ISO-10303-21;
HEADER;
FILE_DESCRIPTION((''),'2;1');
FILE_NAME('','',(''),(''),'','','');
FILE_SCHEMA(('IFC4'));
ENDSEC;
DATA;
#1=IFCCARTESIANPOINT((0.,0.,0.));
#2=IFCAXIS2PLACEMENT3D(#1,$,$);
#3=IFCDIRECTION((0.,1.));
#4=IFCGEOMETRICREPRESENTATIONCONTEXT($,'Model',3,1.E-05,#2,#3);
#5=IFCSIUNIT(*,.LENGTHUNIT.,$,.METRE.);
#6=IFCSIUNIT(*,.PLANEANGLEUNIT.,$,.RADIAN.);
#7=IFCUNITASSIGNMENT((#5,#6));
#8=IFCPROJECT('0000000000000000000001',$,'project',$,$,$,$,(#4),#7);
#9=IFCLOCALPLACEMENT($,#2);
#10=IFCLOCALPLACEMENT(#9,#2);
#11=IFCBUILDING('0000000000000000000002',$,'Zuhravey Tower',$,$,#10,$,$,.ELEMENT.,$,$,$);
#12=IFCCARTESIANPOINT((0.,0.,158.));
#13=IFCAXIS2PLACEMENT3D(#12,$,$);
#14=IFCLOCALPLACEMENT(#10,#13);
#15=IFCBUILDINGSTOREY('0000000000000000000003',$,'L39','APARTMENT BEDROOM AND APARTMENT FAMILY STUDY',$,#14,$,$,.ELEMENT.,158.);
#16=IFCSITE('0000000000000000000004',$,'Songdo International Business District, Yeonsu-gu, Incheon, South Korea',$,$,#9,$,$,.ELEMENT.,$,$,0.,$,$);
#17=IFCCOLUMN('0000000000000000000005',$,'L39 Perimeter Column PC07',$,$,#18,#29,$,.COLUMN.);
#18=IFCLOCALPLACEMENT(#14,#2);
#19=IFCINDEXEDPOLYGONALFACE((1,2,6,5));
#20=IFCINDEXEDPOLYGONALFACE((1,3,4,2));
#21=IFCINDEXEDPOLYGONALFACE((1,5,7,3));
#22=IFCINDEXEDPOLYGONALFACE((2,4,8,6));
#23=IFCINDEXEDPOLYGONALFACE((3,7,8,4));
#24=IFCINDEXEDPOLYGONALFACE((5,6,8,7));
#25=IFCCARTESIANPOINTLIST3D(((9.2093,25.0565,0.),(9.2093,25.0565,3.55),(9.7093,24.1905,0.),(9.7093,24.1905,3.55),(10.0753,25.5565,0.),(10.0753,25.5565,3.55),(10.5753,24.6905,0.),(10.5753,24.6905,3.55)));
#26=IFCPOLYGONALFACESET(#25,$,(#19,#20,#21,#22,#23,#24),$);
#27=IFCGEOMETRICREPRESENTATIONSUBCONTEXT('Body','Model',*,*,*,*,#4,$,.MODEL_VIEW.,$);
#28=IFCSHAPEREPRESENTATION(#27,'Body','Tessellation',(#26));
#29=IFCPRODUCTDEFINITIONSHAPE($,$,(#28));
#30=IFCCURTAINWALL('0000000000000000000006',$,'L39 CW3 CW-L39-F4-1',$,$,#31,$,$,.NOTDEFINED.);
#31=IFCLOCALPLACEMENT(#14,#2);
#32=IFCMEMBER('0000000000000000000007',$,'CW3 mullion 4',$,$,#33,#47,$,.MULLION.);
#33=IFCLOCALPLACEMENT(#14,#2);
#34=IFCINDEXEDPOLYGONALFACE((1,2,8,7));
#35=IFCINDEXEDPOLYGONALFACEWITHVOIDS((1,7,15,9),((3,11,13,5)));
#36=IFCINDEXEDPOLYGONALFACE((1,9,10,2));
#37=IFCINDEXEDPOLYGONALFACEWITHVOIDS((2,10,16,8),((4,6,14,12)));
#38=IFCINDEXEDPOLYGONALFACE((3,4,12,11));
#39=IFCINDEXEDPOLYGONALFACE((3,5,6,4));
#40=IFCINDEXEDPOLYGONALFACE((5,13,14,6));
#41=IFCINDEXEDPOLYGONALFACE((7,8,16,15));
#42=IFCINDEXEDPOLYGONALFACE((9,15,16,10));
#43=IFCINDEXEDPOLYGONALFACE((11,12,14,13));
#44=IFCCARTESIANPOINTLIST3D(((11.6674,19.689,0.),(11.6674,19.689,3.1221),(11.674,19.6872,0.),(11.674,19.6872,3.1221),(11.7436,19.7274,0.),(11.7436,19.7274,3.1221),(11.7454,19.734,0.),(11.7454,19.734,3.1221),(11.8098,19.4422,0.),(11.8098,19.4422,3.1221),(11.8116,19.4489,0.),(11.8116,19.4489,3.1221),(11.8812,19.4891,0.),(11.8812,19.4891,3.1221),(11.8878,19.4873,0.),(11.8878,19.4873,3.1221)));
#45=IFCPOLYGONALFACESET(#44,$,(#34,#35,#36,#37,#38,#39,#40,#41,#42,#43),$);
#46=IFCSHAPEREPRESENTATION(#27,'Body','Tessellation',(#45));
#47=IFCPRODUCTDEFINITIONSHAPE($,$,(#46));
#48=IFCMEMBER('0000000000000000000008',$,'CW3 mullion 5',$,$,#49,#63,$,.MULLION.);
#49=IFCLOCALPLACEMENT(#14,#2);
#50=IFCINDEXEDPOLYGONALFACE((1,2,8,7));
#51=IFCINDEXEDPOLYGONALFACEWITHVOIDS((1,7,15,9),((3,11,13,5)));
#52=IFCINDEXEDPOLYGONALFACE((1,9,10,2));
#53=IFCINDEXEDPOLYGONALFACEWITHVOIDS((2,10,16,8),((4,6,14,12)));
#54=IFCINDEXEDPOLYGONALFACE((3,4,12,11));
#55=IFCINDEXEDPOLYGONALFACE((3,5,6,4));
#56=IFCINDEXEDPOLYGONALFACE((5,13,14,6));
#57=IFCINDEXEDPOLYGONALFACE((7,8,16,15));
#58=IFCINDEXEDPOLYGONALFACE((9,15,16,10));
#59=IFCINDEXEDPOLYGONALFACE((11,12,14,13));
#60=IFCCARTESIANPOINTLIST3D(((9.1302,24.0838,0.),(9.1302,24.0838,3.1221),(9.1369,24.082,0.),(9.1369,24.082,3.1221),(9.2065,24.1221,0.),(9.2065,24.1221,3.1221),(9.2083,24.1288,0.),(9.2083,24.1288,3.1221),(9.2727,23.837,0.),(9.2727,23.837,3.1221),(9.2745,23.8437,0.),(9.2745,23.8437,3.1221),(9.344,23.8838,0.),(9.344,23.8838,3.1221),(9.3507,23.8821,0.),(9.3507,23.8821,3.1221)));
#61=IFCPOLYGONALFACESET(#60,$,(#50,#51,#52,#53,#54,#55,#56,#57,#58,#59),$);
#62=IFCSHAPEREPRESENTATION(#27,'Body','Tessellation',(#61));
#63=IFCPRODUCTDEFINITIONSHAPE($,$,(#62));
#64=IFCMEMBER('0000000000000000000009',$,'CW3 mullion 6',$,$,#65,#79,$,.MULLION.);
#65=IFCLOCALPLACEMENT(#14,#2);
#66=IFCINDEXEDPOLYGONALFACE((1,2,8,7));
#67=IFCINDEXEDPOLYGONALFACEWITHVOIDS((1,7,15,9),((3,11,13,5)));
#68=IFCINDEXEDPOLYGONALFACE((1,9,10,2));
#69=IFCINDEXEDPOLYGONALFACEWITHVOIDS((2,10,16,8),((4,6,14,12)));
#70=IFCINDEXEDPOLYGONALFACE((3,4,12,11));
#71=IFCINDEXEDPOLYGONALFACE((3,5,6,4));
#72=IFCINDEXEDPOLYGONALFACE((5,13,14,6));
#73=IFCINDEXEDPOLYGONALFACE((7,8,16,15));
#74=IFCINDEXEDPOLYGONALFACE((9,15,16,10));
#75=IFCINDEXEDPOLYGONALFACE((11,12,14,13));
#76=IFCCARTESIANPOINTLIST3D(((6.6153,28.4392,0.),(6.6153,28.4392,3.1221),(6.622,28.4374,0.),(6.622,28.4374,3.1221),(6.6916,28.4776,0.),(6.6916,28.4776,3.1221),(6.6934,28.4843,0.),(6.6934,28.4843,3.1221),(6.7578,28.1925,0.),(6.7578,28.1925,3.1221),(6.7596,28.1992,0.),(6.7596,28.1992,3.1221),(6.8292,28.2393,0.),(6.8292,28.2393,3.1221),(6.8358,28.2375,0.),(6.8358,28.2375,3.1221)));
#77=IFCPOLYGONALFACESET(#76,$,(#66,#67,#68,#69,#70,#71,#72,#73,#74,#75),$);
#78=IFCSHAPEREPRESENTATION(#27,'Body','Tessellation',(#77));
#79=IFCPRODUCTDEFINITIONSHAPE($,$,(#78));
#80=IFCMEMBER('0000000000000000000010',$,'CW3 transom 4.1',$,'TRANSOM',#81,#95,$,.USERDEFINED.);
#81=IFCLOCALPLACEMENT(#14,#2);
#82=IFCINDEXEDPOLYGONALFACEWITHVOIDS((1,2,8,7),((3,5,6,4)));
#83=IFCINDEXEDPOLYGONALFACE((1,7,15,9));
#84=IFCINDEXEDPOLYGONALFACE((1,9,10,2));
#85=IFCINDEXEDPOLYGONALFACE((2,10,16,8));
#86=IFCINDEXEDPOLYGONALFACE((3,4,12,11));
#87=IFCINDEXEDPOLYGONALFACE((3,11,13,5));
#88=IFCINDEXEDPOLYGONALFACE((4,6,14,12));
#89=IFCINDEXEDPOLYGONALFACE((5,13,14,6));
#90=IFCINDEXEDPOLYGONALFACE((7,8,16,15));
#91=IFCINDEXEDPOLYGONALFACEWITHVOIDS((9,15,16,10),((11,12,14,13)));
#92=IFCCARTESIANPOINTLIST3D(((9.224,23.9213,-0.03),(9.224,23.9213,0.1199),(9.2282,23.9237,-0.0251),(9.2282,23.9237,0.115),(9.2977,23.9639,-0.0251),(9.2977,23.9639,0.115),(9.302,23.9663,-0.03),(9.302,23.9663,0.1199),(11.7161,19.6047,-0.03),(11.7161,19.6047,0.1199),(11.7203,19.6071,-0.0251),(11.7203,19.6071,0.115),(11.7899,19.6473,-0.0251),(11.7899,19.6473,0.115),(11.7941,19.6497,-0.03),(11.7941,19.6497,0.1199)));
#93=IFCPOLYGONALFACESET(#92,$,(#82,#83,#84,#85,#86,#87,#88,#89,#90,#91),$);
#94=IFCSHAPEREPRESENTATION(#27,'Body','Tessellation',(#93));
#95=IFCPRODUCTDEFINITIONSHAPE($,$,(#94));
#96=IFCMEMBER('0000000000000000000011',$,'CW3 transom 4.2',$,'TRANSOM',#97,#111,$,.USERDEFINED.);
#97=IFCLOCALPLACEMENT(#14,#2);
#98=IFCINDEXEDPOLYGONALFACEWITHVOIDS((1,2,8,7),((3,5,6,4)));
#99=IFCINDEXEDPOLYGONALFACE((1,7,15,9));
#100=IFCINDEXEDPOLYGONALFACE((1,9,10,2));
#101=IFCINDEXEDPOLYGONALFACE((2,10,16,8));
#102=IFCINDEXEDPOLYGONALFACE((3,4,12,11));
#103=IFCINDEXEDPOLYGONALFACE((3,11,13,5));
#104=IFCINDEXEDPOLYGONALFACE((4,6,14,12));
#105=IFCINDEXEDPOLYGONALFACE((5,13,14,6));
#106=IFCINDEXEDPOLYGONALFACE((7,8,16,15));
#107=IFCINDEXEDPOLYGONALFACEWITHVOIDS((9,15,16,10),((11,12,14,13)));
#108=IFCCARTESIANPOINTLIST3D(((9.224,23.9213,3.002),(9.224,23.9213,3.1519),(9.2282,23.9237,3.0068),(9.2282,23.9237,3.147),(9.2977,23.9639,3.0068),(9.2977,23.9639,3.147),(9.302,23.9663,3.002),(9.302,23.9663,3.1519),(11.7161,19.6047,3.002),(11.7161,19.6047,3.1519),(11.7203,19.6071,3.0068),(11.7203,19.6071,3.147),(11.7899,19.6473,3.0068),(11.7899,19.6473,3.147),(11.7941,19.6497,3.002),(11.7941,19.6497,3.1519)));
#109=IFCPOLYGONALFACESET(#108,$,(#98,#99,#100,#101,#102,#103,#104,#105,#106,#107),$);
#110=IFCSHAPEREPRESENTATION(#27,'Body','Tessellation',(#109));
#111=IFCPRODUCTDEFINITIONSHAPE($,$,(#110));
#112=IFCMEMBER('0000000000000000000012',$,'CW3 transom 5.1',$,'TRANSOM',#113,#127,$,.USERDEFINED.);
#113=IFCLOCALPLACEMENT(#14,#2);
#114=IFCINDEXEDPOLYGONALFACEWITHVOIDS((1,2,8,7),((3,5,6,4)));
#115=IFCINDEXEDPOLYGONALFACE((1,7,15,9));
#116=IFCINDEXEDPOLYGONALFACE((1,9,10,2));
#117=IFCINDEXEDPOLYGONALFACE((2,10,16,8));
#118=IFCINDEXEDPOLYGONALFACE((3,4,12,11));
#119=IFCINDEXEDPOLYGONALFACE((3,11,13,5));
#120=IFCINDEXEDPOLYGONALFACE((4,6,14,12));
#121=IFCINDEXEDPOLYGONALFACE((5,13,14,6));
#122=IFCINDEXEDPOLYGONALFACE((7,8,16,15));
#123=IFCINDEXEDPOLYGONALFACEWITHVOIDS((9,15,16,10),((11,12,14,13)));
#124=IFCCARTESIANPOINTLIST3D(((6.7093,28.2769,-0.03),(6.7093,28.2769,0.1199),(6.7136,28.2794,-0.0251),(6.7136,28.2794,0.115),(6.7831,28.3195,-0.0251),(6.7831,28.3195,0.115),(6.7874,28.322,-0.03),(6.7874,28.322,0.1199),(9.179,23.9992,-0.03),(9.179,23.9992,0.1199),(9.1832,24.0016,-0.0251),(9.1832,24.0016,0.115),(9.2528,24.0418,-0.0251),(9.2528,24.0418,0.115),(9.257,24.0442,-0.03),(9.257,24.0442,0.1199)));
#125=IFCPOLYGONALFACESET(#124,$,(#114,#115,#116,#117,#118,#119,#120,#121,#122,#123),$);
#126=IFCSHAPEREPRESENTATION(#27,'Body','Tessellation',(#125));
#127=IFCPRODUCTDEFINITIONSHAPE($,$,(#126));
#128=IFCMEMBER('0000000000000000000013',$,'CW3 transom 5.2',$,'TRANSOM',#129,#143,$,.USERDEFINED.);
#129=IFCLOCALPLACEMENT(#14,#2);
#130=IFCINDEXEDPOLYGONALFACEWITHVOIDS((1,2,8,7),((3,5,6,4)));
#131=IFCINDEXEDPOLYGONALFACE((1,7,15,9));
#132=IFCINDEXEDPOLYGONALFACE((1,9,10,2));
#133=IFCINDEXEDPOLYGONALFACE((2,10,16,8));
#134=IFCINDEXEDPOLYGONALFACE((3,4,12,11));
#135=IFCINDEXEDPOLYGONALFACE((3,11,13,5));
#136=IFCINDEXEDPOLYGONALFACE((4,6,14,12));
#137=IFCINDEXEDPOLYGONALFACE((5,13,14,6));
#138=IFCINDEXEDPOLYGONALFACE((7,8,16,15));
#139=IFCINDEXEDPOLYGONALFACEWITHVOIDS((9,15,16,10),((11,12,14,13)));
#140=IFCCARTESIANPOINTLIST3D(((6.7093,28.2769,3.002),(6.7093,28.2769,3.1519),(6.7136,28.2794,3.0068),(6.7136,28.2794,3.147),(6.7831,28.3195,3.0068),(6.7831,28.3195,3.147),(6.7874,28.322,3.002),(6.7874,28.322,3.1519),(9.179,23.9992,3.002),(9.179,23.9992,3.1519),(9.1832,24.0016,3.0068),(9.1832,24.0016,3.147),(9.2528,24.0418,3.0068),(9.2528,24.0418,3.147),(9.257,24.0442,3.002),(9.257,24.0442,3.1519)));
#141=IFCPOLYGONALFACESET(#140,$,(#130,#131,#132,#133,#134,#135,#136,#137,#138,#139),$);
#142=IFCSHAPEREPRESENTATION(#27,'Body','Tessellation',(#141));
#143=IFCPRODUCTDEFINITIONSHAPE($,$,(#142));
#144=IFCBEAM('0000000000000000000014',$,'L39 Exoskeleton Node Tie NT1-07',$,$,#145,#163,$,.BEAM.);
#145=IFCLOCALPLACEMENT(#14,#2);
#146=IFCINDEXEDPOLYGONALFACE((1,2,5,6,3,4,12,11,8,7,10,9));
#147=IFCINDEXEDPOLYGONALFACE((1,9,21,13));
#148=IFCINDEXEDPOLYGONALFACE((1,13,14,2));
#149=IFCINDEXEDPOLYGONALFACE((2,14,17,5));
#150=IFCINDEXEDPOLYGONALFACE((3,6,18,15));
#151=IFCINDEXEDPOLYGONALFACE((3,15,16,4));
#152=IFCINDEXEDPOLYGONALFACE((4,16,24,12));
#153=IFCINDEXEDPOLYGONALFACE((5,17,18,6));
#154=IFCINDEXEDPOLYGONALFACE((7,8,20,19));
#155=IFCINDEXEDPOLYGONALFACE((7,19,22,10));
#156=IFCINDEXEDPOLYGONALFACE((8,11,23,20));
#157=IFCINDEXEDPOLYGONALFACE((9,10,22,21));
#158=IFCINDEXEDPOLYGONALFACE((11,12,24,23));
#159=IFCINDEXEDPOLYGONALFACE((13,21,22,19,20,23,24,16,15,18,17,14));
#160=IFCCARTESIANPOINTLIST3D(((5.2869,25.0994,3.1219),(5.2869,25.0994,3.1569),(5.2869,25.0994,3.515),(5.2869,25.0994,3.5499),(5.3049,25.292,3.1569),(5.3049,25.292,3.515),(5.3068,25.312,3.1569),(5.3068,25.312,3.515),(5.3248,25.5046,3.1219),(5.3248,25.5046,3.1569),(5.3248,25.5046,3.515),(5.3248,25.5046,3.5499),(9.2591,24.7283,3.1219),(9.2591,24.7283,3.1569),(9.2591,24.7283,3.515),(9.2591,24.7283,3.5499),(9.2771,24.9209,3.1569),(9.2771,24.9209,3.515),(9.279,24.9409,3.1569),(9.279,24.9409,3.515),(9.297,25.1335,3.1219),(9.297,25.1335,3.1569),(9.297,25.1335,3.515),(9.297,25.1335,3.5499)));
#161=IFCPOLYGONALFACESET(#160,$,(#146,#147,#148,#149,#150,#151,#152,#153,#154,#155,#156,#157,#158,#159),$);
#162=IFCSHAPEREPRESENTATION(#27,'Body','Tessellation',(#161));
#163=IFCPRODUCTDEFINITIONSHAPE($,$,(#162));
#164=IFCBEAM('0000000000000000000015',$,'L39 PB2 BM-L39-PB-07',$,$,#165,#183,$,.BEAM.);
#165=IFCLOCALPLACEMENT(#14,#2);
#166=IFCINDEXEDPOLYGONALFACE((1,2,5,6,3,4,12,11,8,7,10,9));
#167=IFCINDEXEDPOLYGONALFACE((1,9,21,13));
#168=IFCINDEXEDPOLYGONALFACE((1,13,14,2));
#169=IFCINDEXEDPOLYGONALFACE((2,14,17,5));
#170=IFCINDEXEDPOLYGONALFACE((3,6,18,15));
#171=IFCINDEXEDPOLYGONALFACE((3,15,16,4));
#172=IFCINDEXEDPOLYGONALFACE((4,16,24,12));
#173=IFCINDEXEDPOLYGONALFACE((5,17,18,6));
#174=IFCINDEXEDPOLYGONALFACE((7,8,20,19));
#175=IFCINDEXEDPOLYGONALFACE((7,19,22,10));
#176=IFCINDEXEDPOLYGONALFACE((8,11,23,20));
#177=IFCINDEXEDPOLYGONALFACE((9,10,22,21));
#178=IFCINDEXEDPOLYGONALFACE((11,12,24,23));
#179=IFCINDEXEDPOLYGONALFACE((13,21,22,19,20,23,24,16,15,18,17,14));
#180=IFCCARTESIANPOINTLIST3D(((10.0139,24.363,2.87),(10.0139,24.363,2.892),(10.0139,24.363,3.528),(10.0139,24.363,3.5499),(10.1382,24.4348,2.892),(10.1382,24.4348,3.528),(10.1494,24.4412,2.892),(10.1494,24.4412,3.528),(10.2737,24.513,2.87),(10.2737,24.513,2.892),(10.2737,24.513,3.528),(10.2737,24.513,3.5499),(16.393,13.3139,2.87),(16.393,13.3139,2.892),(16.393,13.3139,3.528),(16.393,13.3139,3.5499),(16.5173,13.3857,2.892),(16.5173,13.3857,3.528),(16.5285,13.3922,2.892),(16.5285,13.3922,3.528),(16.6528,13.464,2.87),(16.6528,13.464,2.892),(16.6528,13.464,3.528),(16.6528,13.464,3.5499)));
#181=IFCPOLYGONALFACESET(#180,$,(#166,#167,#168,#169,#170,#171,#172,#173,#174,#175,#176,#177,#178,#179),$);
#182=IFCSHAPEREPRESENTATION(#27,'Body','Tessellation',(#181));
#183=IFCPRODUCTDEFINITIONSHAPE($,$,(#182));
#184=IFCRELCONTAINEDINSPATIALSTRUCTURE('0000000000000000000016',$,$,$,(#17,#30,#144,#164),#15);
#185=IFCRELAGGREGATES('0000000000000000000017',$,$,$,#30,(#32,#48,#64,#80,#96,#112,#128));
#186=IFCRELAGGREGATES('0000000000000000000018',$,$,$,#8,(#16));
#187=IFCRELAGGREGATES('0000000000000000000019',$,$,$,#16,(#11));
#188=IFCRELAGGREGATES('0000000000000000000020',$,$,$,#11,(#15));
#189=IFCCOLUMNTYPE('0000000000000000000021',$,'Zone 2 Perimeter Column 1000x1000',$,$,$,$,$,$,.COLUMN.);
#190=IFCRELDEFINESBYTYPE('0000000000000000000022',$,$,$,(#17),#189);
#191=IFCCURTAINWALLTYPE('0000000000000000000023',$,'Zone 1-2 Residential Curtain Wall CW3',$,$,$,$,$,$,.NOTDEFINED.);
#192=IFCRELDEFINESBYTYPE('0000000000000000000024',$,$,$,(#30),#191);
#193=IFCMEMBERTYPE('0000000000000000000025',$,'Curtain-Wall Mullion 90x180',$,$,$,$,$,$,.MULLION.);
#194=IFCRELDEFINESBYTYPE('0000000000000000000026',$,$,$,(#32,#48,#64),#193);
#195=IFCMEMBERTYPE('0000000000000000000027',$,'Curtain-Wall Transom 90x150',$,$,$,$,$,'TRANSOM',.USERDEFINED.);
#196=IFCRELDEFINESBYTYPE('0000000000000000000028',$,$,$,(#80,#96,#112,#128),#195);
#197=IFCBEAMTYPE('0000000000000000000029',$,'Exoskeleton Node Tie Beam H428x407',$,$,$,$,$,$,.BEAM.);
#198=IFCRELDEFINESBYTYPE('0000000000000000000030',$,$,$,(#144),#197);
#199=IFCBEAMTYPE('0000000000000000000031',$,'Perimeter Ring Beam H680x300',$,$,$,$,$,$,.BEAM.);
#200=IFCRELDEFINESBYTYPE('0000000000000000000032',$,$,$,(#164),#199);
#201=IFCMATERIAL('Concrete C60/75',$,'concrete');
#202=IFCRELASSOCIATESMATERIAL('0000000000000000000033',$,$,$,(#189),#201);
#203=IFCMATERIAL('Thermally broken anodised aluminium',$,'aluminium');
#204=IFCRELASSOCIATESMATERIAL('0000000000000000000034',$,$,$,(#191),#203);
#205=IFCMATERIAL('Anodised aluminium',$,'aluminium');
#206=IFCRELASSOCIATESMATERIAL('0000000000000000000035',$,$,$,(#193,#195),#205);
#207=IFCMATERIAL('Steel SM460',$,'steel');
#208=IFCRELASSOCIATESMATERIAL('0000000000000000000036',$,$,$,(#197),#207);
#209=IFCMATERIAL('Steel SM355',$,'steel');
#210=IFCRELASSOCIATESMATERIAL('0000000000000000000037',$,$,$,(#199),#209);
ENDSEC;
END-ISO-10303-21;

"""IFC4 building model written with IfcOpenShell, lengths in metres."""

from ifc_helpers import new_model, si_unit, direction, frame, origin, origin_2d, place, context, subcontext, project, spatial, rectangle, hollow_rectangle, i_section, extrude, material, material_profile, profile_set, type_object, element, aggregate, save


model = new_model("IFC4")

# Units and contexts
model_context = context("Model", 3, precision=1e-05, world=origin(), true_north=direction((0.0, 1.0)))
body_context = subcontext(model_context, "Body", "Model", "MODEL_VIEW")
ifc_project = project(units=[si_unit("LENGTHUNIT", "METRE"), si_unit("PLANEANGLEUNIT", "RADIAN")], contexts=[model_context])

# Site, building, storey
site_placement = place(None, origin())
site = spatial("IfcSite", under=ifc_project, at=site_placement, Name="Songdo International Business District, Yeonsu-gu, Incheon, South Korea", CompositionType="ELEMENT", RefElevation=0.0)
building_placement = place(site_placement, origin())
building = spatial("IfcBuilding", under=site, at=building_placement, Name="Zuhravey Tower", CompositionType="ELEMENT")
storey_placement = place(building_placement, frame((0.0, 0.0, 158.0)))
storey = spatial("IfcBuildingStorey", under=building, at=storey_placement, Name="L39", Description="APARTMENT BEDROOM AND APARTMENT FAMILY STUDY", CompositionType="ELEMENT", Elevation=158.0)

# Column
ifc_material_1 = material(Name="Concrete C60/75", Category="concrete")
ifc_material_profile_1 = material_profile(ifc_material_1, rectangle(XDim=1.0, YDim=1.0, at=origin_2d()), Name="RC-1000x1000")
ifc_profile_set_1 = profile_set([ifc_material_profile_1], Name="Concrete C60/75")
column_type = type_object("IfcColumnType", Name="Zone 2 Perimeter Column 1000x1000", PredefinedType="COLUMN", material=ifc_profile_set_1)
column_placement = place(storey_placement, frame((9.8923, 24.8735, 0.0), z_axis=(0.0, 0.0, 1.0), x_axis=(0.5, -0.866025, 0.0)))
element("IfcColumn", 1, at=column_placement, inside=storey, type_object=column_type, Name="L39 Perimeter Column PC07", PredefinedType="COLUMN", context=body_context, shape_type="SweptSolid", body=[
    extrude(rectangle(XDim=1.0, YDim=1.0, at=origin_2d()), origin(), (0.0, 0.0, 1.0), 3.55),
])

# Curtain wall, members
ifc_material_2 = material(Name="Thermally broken anodised aluminium", Category="aluminium")
curtain_wall_type = type_object("IfcCurtainWallType", Name="Zone 1-2 Residential Curtain Wall CW3", PredefinedType="NOTDEFINED", material=ifc_material_2)
curtain_wall_placement = place(storey_placement, origin())
curtain_wall = element("IfcCurtainWall", 2, at=curtain_wall_placement, inside=storey, type_object=curtain_wall_type, Name="L39 CW3 CW-L39-F4-1", PredefinedType="NOTDEFINED")
ifc_material_3 = material(Name="Anodised aluminium", Category="aluminium")
ifc_material_profile_2 = material_profile(ifc_material_3, hollow_rectangle(XDim=0.0901, YDim=0.2849, WallThickness=0.0049, at=origin_2d()), Name="ALU-RHS-90x285x5")
ifc_profile_set_2 = profile_set([ifc_material_profile_2], Name="Anodised aluminium")
member_type_1 = type_object("IfcMemberType", Name="Curtain-Wall Mullion 90x180", PredefinedType="MULLION", material=ifc_profile_set_2)
member_1_placement = place(storey_placement, frame((11.7776, 19.5881, 0.0), z_axis=(0.0, 0.0, 1.0), x_axis=(-0.866026, -0.499999, 0.0)))
member_1 = element("IfcMember", 3, at=member_1_placement, type_object=member_type_1, Name="CW3 mullion 4", PredefinedType="MULLION", context=body_context, shape_type="SweptSolid", body=[
    extrude(hollow_rectangle(XDim=0.0901, YDim=0.2849, WallThickness=0.0049, at=origin_2d()), origin(), (0.0, 0.0, 1.0), 3.1221),
])
member_2_placement = place(storey_placement, frame((9.2405, 23.9829, 0.0), z_axis=(0.0, 0.0, 1.0), x_axis=(-0.866026, -0.499999, 0.0)))
member_2 = element("IfcMember", 4, at=member_2_placement, type_object=member_type_1, Name="CW3 mullion 5", PredefinedType="MULLION", context=body_context, shape_type="SweptSolid", body=[
    extrude(hollow_rectangle(XDim=0.0901, YDim=0.2849, WallThickness=0.0049, at=origin_2d()), origin(), (0.0, 0.0, 1.0), 3.1221),
])
member_3_placement = place(storey_placement, frame((6.7256, 28.3384, 0.0), z_axis=(0.0, 0.0, 1.0), x_axis=(-0.866026, -0.499999, 0.0)))
member_3 = element("IfcMember", 5, at=member_3_placement, type_object=member_type_1, Name="CW3 mullion 6", PredefinedType="MULLION", context=body_context, shape_type="SweptSolid", body=[
    extrude(hollow_rectangle(XDim=0.0901, YDim=0.2849, WallThickness=0.0049, at=origin_2d()), origin(), (0.0, 0.0, 1.0), 3.1221),
])
ifc_material_profile_3 = material_profile(ifc_material_3, hollow_rectangle(XDim=0.0901, YDim=0.1499, WallThickness=0.0049, at=origin_2d()), Name="ALU-RHS-90x150x5")
ifc_profile_set_3 = profile_set([ifc_material_profile_3], Name="Anodised aluminium")
member_type_2 = type_object("IfcMemberType", Name="Curtain-Wall Transom 90x150", ElementType="TRANSOM", PredefinedType="USERDEFINED", material=ifc_profile_set_3)
member_4_placement = place(storey_placement, frame((11.7551, 19.6272, 0.0449), z_axis=(-0.499995, 0.866028, 0.0), x_axis=(-0.866028, -0.499995, 0.0)))
member_4 = element("IfcMember", 6, at=member_4_placement, type_object=member_type_2, Name="CW3 transom 4.1", ObjectType="TRANSOM", PredefinedType="USERDEFINED", context=body_context, shape_type="SweptSolid", body=[
    extrude(hollow_rectangle(XDim=0.0901, YDim=0.1499, WallThickness=0.0049, at=origin_2d()), origin(), (0.0, 0.0, 1.0), 4.9844),
])
member_5_placement = place(storey_placement, frame((11.7551, 19.6272, 3.0769), z_axis=(-0.499995, 0.866028, 0.0), x_axis=(-0.866028, -0.499995, 0.0)))
member_5 = element("IfcMember", 7, at=member_5_placement, type_object=member_type_2, Name="CW3 transom 4.2", ObjectType="TRANSOM", PredefinedType="USERDEFINED", context=body_context, shape_type="SweptSolid", body=[
    extrude(hollow_rectangle(XDim=0.0901, YDim=0.1499, WallThickness=0.0049, at=origin_2d()), origin(), (0.0, 0.0, 1.0), 4.9844),
])
member_6_placement = place(storey_placement, frame((9.218, 24.0217, 0.0449), z_axis=(-0.499988, 0.866032, 0.0), x_axis=(-0.866032, -0.499988, 0.0)))
member_6 = element("IfcMember", 8, at=member_6_placement, type_object=member_type_2, Name="CW3 transom 5.1", ObjectType="TRANSOM", PredefinedType="USERDEFINED", context=body_context, shape_type="SweptSolid", body=[
    extrude(hollow_rectangle(XDim=0.0901, YDim=0.1499, WallThickness=0.0049, at=origin_2d()), origin(), (0.0, 0.0, 1.0), 4.9395),
])
member_7_placement = place(storey_placement, frame((9.218, 24.0217, 3.0769), z_axis=(-0.499988, 0.866032, 0.0), x_axis=(-0.866032, -0.499988, 0.0)))
member_7 = element("IfcMember", 9, at=member_7_placement, type_object=member_type_2, Name="CW3 transom 5.2", ObjectType="TRANSOM", PredefinedType="USERDEFINED", context=body_context, shape_type="SweptSolid", body=[
    extrude(hollow_rectangle(XDim=0.0901, YDim=0.1499, WallThickness=0.0049, at=origin_2d()), origin(), (0.0, 0.0, 1.0), 4.9395),
])

# Beams
ifc_material_4 = material(Name="Steel SM460", Category="steel")
ifc_material_profile_4 = material_profile(ifc_material_4, i_section(OverallWidth=0.407, OverallDepth=0.428, WebThickness=0.02, FlangeThickness=0.0349, at=origin_2d()), Name="H-428x407x20x35")
ifc_profile_set_4 = profile_set([ifc_material_profile_4], Name="Steel SM460")
beam_type_1 = type_object("IfcBeamType", Name="Exoskeleton Node Tie Beam H428x407", PredefinedType="BEAM", material=ifc_profile_set_4)
beam_1_placement = place(storey_placement, frame((9.2781, 24.9309, 3.3359), z_axis=(-0.995664, 0.093018, 0.0), x_axis=(-0.093018, -0.995664, 0.0)))
element("IfcBeam", 10, at=beam_1_placement, inside=storey, type_object=beam_type_1, Name="L39 Exoskeleton Node Tie NT1-07", PredefinedType="BEAM", context=body_context, shape_type="SweptSolid", body=[
    extrude(i_section(OverallWidth=0.407, OverallDepth=0.428, WebThickness=0.02, FlangeThickness=0.0349, at=origin_2d()), origin(), (0.0, 0.0, 1.0), 3.9895),
])
ifc_material_5 = material(Name="Steel SM355", Category="steel")
ifc_material_profile_5 = material_profile(ifc_material_5, i_section(OverallWidth=0.3, OverallDepth=0.6799, WebThickness=0.0129, FlangeThickness=0.022, at=origin_2d()), Name="H-680x300x13x22")
ifc_profile_set_5 = profile_set([ifc_material_profile_5], Name="Steel SM355")
beam_type_2 = type_object("IfcBeamType", Name="Perimeter Ring Beam H680x300", PredefinedType="BEAM", material=ifc_profile_set_5)
beam_2_placement = place(storey_placement, frame((10.1438, 24.438, 3.21), z_axis=(0.499998, -0.866027, 0.0), x_axis=(0.866027, 0.499998, 0.0)))
element("IfcBeam", 11, at=beam_2_placement, inside=storey, type_object=beam_type_2, Name="L39 PB2 BM-L39-PB-07", PredefinedType="BEAM", context=body_context, shape_type="SweptSolid", body=[
    extrude(i_section(OverallWidth=0.3, OverallDepth=0.6799, WebThickness=0.0129, FlangeThickness=0.022, at=origin_2d()), origin(), (0.0, 0.0, 1.0), 12.7583),
])

aggregate(curtain_wall, [member_1, member_2, member_3, member_4, member_5, member_6, member_7])

save(model, "model.ifc")
